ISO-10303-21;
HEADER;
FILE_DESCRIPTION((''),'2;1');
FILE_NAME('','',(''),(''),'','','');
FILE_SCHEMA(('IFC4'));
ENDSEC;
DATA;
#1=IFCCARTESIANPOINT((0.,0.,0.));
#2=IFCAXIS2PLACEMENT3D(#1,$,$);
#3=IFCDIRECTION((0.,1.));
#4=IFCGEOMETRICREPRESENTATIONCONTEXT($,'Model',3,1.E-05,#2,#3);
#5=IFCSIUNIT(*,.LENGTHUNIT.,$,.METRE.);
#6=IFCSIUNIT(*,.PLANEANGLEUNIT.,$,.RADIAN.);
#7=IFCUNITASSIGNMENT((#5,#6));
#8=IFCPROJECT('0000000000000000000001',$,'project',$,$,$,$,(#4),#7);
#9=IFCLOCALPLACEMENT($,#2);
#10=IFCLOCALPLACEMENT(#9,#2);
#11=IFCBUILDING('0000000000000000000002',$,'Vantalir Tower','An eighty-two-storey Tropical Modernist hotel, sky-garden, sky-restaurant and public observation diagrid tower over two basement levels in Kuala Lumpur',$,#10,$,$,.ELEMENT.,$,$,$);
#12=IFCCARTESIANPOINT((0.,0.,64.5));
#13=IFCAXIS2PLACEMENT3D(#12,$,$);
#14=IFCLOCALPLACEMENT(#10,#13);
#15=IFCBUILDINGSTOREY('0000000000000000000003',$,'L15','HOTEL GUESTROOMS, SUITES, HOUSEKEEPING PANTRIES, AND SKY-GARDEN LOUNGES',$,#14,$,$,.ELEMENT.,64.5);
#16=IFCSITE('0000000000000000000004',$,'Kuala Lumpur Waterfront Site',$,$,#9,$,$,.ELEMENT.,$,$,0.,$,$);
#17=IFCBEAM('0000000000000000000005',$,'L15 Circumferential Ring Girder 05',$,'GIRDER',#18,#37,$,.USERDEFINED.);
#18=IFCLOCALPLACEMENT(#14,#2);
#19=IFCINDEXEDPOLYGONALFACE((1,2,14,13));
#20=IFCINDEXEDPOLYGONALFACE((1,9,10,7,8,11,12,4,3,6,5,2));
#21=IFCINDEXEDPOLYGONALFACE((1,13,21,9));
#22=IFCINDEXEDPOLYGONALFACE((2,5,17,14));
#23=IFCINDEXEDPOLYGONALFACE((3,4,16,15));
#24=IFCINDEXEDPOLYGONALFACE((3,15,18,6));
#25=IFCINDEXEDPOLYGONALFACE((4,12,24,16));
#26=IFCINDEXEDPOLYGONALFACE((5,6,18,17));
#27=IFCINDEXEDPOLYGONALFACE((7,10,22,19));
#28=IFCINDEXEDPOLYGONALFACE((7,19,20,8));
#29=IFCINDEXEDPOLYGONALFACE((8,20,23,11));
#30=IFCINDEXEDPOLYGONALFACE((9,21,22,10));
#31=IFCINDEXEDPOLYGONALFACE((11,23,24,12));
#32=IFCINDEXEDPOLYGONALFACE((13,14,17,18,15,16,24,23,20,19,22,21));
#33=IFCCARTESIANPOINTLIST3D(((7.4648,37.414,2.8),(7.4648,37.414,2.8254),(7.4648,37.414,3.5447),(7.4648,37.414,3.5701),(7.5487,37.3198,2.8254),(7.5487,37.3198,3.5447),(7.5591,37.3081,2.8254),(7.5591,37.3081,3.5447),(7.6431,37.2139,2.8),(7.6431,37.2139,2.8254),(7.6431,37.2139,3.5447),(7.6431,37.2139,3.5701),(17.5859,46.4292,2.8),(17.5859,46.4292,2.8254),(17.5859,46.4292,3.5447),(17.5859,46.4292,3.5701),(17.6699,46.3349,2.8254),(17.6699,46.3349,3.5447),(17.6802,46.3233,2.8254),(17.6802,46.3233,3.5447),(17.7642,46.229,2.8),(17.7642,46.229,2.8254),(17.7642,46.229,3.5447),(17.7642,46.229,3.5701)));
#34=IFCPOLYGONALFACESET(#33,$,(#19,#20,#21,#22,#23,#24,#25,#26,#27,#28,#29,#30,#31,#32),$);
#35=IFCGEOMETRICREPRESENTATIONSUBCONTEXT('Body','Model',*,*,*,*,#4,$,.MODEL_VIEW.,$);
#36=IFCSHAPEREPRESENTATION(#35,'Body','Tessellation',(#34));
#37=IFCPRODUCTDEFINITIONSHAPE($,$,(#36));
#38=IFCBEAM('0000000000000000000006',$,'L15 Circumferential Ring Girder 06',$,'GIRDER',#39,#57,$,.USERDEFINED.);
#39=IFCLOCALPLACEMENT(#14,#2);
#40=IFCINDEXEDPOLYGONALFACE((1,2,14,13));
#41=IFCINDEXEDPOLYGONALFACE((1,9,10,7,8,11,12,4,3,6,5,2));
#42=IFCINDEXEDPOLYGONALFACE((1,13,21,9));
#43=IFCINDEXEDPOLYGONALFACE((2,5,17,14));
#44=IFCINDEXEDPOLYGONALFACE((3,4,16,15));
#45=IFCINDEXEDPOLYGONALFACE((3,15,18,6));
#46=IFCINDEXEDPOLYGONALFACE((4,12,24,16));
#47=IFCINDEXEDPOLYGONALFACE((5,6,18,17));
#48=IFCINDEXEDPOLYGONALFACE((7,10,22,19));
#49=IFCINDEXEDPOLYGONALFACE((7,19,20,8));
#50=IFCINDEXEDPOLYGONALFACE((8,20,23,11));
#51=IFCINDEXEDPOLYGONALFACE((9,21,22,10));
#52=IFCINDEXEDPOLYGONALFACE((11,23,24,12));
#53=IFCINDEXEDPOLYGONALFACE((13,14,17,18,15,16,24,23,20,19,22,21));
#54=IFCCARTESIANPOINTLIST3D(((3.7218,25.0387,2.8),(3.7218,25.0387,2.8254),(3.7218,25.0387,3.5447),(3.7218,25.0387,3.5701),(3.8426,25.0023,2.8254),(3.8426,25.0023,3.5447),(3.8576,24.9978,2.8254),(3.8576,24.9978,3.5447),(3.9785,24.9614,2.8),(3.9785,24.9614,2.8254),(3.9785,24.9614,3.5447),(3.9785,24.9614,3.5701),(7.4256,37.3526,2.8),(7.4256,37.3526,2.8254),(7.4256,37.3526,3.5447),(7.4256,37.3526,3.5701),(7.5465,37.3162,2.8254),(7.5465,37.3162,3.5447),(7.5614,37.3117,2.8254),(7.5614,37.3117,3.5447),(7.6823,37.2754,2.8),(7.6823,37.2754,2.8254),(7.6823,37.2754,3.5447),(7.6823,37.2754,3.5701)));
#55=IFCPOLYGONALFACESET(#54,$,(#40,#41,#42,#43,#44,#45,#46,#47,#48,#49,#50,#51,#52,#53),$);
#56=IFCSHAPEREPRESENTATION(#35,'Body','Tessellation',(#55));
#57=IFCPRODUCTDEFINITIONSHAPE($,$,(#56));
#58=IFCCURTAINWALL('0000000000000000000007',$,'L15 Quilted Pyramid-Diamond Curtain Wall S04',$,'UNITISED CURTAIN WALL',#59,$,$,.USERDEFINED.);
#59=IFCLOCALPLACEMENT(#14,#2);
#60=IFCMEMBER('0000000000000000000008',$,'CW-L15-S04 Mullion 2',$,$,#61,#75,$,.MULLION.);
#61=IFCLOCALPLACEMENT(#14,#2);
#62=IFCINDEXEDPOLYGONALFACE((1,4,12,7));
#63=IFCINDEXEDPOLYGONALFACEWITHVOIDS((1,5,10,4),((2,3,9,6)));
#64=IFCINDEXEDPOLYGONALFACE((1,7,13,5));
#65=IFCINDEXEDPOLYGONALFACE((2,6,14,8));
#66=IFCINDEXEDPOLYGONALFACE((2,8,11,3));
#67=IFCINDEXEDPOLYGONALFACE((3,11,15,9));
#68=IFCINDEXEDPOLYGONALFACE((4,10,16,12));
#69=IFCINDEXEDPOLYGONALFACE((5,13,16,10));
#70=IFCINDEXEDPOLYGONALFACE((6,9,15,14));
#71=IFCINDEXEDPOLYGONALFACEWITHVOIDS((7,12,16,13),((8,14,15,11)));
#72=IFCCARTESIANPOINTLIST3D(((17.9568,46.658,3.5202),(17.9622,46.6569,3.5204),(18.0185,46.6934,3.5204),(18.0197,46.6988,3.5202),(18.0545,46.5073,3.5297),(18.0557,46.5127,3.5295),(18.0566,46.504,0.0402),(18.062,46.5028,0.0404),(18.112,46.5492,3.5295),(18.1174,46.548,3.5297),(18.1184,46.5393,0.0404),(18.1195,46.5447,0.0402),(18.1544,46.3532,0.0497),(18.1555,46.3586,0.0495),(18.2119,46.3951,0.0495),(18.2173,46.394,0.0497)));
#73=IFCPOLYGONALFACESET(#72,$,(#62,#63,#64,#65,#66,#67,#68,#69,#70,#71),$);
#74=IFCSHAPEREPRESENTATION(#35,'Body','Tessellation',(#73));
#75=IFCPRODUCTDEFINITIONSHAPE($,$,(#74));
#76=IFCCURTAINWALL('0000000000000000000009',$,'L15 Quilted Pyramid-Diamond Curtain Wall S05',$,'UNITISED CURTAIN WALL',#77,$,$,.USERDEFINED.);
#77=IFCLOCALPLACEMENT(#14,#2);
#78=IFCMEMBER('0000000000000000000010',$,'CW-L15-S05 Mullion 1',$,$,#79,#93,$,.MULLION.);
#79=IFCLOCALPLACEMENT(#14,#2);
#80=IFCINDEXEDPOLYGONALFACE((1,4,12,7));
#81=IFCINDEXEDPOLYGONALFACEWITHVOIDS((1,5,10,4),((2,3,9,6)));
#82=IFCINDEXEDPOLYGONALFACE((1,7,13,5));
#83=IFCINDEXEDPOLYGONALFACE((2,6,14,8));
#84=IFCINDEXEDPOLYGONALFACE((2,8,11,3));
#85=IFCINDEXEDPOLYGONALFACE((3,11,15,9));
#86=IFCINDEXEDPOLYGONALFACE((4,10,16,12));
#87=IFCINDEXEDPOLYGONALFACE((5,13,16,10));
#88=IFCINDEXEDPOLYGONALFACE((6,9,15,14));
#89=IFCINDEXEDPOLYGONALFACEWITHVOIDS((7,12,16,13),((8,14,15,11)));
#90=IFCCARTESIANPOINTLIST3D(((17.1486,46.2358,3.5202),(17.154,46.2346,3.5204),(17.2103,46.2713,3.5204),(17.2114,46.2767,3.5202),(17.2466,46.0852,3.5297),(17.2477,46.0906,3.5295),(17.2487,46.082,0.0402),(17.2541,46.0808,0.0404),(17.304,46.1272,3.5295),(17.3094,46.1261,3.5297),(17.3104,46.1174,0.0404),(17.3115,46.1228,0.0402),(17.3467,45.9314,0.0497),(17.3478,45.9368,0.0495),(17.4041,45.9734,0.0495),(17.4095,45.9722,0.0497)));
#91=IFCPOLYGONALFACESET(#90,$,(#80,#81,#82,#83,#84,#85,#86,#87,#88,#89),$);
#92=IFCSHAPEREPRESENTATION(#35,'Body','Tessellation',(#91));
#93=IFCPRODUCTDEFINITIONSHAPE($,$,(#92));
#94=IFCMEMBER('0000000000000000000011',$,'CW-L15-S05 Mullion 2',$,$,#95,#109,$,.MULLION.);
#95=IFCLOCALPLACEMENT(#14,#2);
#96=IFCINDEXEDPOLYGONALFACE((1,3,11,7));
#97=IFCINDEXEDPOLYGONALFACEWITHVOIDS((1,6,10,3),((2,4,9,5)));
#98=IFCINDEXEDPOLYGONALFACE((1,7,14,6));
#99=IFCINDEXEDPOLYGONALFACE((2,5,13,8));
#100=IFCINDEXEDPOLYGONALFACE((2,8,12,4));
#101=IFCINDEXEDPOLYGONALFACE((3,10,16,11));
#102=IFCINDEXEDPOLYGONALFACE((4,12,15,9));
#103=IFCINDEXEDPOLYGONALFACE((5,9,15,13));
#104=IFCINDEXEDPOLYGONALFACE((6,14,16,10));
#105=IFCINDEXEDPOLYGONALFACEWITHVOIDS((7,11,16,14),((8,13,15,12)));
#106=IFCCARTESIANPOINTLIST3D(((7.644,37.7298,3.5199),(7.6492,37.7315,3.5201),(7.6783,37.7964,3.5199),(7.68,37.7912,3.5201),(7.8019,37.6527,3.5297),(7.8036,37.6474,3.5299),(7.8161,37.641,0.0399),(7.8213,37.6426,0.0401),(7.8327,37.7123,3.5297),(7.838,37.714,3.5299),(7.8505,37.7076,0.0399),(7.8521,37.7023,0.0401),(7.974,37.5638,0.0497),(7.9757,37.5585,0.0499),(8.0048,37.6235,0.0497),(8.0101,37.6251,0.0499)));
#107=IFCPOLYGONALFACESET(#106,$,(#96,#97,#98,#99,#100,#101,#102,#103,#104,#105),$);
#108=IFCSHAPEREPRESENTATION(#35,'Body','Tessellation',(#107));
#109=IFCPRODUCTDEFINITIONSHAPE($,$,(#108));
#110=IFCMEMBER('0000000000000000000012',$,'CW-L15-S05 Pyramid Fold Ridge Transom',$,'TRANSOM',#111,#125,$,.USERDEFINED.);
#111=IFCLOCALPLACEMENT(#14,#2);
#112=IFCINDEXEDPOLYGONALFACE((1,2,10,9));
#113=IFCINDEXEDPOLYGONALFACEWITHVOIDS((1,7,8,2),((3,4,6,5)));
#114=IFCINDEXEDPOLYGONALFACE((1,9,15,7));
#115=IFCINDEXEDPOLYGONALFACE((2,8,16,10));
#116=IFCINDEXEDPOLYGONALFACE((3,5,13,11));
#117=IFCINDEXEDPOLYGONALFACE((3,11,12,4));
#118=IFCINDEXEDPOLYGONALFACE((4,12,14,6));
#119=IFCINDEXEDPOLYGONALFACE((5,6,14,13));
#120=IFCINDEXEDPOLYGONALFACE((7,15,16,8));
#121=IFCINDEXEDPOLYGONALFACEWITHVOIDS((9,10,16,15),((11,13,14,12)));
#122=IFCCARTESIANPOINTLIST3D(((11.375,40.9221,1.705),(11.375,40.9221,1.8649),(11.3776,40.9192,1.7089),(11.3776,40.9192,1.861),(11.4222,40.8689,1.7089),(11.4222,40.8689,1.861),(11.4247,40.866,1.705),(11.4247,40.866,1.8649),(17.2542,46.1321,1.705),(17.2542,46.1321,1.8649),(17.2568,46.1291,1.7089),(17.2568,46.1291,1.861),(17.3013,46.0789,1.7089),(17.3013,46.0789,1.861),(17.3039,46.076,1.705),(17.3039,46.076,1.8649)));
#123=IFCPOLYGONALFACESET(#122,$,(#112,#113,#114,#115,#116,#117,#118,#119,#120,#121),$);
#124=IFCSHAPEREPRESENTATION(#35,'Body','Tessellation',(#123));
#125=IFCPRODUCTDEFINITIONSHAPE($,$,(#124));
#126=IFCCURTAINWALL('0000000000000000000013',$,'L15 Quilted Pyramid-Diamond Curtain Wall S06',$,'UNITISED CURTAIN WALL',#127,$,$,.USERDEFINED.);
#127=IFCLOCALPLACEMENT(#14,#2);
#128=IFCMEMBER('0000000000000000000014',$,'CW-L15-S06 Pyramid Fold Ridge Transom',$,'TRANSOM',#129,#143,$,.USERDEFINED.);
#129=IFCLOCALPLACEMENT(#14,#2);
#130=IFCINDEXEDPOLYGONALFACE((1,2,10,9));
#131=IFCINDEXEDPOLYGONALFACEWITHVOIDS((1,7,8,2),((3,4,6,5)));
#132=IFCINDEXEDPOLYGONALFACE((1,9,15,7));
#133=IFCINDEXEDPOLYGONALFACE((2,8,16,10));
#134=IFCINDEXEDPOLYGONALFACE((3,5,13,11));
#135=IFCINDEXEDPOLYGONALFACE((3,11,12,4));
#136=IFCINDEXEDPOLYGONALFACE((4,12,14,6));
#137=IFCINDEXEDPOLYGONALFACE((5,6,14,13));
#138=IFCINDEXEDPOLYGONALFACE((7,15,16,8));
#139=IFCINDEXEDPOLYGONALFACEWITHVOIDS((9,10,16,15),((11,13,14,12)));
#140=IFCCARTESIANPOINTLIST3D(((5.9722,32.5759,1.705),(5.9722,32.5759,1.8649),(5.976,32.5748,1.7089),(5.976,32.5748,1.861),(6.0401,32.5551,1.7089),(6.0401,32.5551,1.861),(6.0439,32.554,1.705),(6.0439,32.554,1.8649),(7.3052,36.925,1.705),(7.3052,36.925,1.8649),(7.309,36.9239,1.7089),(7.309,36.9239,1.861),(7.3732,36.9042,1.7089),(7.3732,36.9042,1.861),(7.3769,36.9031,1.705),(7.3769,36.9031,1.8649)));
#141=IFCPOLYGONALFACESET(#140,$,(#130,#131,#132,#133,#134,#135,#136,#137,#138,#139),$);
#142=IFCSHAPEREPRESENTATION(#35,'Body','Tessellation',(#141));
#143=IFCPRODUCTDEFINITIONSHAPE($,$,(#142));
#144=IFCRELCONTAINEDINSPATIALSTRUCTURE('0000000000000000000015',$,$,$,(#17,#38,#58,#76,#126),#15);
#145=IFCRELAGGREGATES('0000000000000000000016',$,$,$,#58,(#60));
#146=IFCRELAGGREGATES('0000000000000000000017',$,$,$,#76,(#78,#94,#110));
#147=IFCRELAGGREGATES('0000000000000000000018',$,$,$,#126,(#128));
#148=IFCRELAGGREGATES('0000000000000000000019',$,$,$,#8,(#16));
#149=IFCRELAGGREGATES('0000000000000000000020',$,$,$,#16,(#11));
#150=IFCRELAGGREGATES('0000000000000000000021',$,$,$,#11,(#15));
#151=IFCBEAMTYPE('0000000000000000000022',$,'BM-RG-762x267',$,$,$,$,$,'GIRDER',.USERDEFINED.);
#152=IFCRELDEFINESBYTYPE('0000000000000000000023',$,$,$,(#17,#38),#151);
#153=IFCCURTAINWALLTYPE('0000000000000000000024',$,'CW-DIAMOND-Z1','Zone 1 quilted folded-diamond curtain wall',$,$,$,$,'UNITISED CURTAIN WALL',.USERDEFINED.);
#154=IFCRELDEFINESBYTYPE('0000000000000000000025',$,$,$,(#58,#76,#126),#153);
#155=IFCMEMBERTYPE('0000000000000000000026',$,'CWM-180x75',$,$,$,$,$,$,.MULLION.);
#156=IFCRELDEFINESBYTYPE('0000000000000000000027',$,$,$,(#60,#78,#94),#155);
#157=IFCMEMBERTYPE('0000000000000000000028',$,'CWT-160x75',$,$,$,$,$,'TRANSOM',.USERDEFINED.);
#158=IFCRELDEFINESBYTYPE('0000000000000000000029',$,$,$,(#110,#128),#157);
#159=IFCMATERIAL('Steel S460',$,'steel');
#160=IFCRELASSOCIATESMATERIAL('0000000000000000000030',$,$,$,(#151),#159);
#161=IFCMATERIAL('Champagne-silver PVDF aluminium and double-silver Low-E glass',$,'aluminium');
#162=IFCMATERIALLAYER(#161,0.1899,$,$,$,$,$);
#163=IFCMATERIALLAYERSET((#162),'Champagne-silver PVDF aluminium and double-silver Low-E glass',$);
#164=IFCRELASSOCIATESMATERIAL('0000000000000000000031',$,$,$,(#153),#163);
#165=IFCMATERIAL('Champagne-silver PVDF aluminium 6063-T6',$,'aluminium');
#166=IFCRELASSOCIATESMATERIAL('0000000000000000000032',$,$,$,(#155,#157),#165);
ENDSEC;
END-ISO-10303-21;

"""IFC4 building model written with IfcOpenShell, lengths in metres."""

from ifc_helpers import new_model, si_unit, direction, frame, origin, origin_2d, place, context, subcontext, project, spatial, hollow_rectangle, i_section, extrude, material, layer, layer_set, material_profile, profile_set, type_object, element, aggregate, save


model = new_model("IFC4")

# Units and contexts
model_context = context("Model", 3, precision=1e-05, world=origin(), true_north=direction((0.0, 1.0)))
body_context = subcontext(model_context, "Body", "Model", "MODEL_VIEW")
ifc_project = project(units=[si_unit("LENGTHUNIT", "METRE"), si_unit("PLANEANGLEUNIT", "RADIAN")], contexts=[model_context])

# Site, building, storey
site_placement = place(None, origin())
site = spatial("IfcSite", under=ifc_project, at=site_placement, Name="Kuala Lumpur Waterfront Site", CompositionType="ELEMENT", RefElevation=0.0)
building_placement = place(site_placement, origin())
building = spatial("IfcBuilding", under=site, at=building_placement, Name="Vantalir Tower", Description="An eighty-two-storey Tropical Modernist hotel, sky-garden, sky-restaurant and public observation diagrid tower over two basement levels in Kuala Lumpur", CompositionType="ELEMENT")
storey_placement = place(building_placement, frame((0.0, 0.0, 64.5)))
storey = spatial("IfcBuildingStorey", under=building, at=storey_placement, Name="L15", Description="HOTEL GUESTROOMS, SUITES, HOUSEKEEPING PANTRIES, AND SKY-GARDEN LOUNGES", CompositionType="ELEMENT", Elevation=64.5)

# Shared definitions
ifc_material_1 = material(Name="Steel S460", Category="steel")

# Beams
ifc_material_profile_1 = material_profile(ifc_material_1, i_section(OverallWidth=0.2681, OverallDepth=0.77, WebThickness=0.0156, FlangeThickness=0.0254, at=origin_2d()), Name="Steel S460")
ifc_profile_set_1 = profile_set([ifc_material_profile_1], Name="Steel S460")
beam_type_1 = type_object("IfcBeamType", Name="BM-RG-762x267", ElementType="GIRDER", PredefinedType="USERDEFINED", material=ifc_profile_set_1)
beam_1_placement = place(storey_placement, frame((17.675, 46.3291, 3.1851), z_axis=(-0.746727, -0.66513, 0.0), x_axis=(0.66513, -0.746727, 0.0)))
element("IfcBeam", 1, at=beam_1_placement, inside=storey, type_object=beam_type_1, Name="L15 Circumferential Ring Girder 05", ObjectType="GIRDER", PredefinedType="USERDEFINED", context=body_context, shape_type="SweptSolid", body=[
    extrude(i_section(OverallWidth=0.2681, OverallDepth=0.77, WebThickness=0.0156, FlangeThickness=0.0254, at=origin_2d()), origin(), (0.0, 0.0, 1.0), 13.554),
])
beam_2_placement = place(storey_placement, frame((7.554, 37.314, 3.1851), z_axis=(-0.288038, -0.957619, 0.0), x_axis=(0.957619, -0.288038, 0.0)))
element("IfcBeam", 2, at=beam_2_placement, inside=storey, type_object=beam_type_1, Name="L15 Circumferential Ring Girder 06", ObjectType="GIRDER", PredefinedType="USERDEFINED", context=body_context, shape_type="SweptSolid", body=[
    extrude(i_section(OverallWidth=0.2681, OverallDepth=0.77, WebThickness=0.0156, FlangeThickness=0.0254, at=origin_2d()), origin(), (0.0, 0.0, 1.0), 12.8589),
])

# Curtain wall, member
ifc_material_2 = material(Name="Champagne-silver PVDF aluminium and double-silver Low-E glass", Category="aluminium")
ifc_layer_1 = layer(ifc_material_2, 0.1899)
ifc_layer_set_1 = layer_set([ifc_layer_1], Name="Champagne-silver PVDF aluminium and double-silver Low-E glass")
curtain_wall_type = type_object("IfcCurtainWallType", Name="CW-DIAMOND-Z1", Description="Zone 1 quilted folded-diamond curtain wall", ElementType="UNITISED CURTAIN WALL", PredefinedType="USERDEFINED", material=ifc_layer_set_1)
curtain_wall_1_placement = place(storey_placement, origin())
curtain_wall_1 = element("IfcCurtainWall", 3, at=curtain_wall_1_placement, inside=storey, type_object=curtain_wall_type, Name="L15 Quilted Pyramid-Diamond Curtain Wall S04", ObjectType="UNITISED CURTAIN WALL", PredefinedType="USERDEFINED")
ifc_material_3 = material(Name="Champagne-silver PVDF aluminium 6063-T6", Category="aluminium")
ifc_material_profile_2 = material_profile(ifc_material_3, hollow_rectangle(XDim=0.075, YDim=0.1799, WallThickness=0.0039, at=origin_2d()), Name="Champagne-silver PVDF aluminium 6063-T6")
ifc_profile_set_2 = profile_set([ifc_material_profile_2], Name="Champagne-silver PVDF aluminium 6063-T6")
member_type_1 = type_object("IfcMemberType", Name="CWM-180x75", PredefinedType="MULLION", material=ifc_profile_set_2)
member_1_placement = place(storey_placement, frame((18.137, 46.449, 0.0449), z_axis=(-0.028654, 0.044207, 0.998611), x_axis=(-0.839142, -0.543913, 0.0)))
member_1 = element("IfcMember", 4, at=member_1_placement, type_object=member_type_1, Name="CW-L15-S04 Mullion 2", PredefinedType="MULLION", context=body_context, shape_type="SweptSolid", body=[
    extrude(hollow_rectangle(XDim=0.075, YDim=0.1799, WallThickness=0.0039, at=origin_2d()), origin(), (0.0, 0.0, 1.0), 3.4849),
])
aggregate(curtain_wall_1, [member_1])

# Curtain wall, members
curtain_wall_2_placement = place(storey_placement, origin())
curtain_wall_2 = element("IfcCurtainWall", 5, at=curtain_wall_2_placement, inside=storey, type_object=curtain_wall_type, Name="L15 Quilted Pyramid-Diamond Curtain Wall S05", ObjectType="UNITISED CURTAIN WALL", PredefinedType="USERDEFINED")
member_2_placement = place(storey_placement, frame((17.3291, 46.0271, 0.0449), z_axis=(-0.028724, 0.044137, 0.998612), x_axis=(-0.83814, -0.545456, 0.0)))
member_2 = element("IfcMember", 6, at=member_2_placement, type_object=member_type_1, Name="CW-L15-S05 Mullion 1", PredefinedType="MULLION", context=body_context, shape_type="SweptSolid", body=[
    extrude(hollow_rectangle(XDim=0.075, YDim=0.1799, WallThickness=0.0039, at=origin_2d()), origin(), (0.0, 0.0, 1.0), 3.4849),
])
member_3_placement = place(storey_placement, frame((7.9131, 37.6331, 0.0449), z_axis=(-0.049383, 0.025497, 0.998454), x_axis=(-0.458771, -0.888554, 0.0)))
member_3 = element("IfcMember", 7, at=member_3_placement, type_object=member_type_1, Name="CW-L15-S05 Mullion 2", PredefinedType="MULLION", context=body_context, shape_type="SweptSolid", body=[
    extrude(hollow_rectangle(XDim=0.075, YDim=0.1799, WallThickness=0.0039, at=origin_2d()), origin(), (0.0, 0.0, 1.0), 3.4854),
])
ifc_material_profile_3 = material_profile(ifc_material_3, hollow_rectangle(XDim=0.075, YDim=0.1599, WallThickness=0.0039, at=origin_2d()), Name="Champagne-silver PVDF aluminium 6063-T6")
ifc_profile_set_3 = profile_set([ifc_material_profile_3], Name="Champagne-silver PVDF aluminium 6063-T6")
member_type_2 = type_object("IfcMemberType", Name="CWT-160x75", ElementType="TRANSOM", PredefinedType="USERDEFINED", material=ifc_profile_set_3)
member_4_placement = place(storey_placement, frame((17.2791, 46.104, 1.7849), z_axis=(-0.748417, -0.663229, 0.0), x_axis=(0.663229, -0.748417, 0.0)))
member_4 = element("IfcMember", 8, at=member_4_placement, type_object=member_type_2, Name="CW-L15-S05 Pyramid Fold Ridge Transom", ObjectType="TRANSOM", PredefinedType="USERDEFINED", context=body_context, shape_type="SweptSolid", body=[
    extrude(hollow_rectangle(XDim=0.075, YDim=0.1599, WallThickness=0.0039, at=origin_2d()), origin(), (0.0, 0.0, 1.0), 7.8555),
])

# Curtain wall, member
curtain_wall_3_placement = place(storey_placement, origin())
curtain_wall_3 = element("IfcCurtainWall", 9, at=curtain_wall_3_placement, inside=storey, type_object=curtain_wall_type, Name="L15 Quilted Pyramid-Diamond Curtain Wall S06", ObjectType="UNITISED CURTAIN WALL", PredefinedType="USERDEFINED")
member_5_placement = place(storey_placement, frame((7.3411, 36.9141, 1.7849), z_axis=(-0.293045, -0.956099, 0.0), x_axis=(0.956099, -0.293045, 0.0)))
member_5 = element("IfcMember", 10, at=member_5_placement, type_object=member_type_2, Name="CW-L15-S06 Pyramid Fold Ridge Transom", ObjectType="TRANSOM", PredefinedType="USERDEFINED", context=body_context, shape_type="SweptSolid", body=[
    extrude(hollow_rectangle(XDim=0.075, YDim=0.1599, WallThickness=0.0039, at=origin_2d()), origin(), (0.0, 0.0, 1.0), 4.5488),
])

aggregate(curtain_wall_2, [member_2, member_3, member_4])
aggregate(curtain_wall_3, [member_5])

save(model, "model.ifc")
